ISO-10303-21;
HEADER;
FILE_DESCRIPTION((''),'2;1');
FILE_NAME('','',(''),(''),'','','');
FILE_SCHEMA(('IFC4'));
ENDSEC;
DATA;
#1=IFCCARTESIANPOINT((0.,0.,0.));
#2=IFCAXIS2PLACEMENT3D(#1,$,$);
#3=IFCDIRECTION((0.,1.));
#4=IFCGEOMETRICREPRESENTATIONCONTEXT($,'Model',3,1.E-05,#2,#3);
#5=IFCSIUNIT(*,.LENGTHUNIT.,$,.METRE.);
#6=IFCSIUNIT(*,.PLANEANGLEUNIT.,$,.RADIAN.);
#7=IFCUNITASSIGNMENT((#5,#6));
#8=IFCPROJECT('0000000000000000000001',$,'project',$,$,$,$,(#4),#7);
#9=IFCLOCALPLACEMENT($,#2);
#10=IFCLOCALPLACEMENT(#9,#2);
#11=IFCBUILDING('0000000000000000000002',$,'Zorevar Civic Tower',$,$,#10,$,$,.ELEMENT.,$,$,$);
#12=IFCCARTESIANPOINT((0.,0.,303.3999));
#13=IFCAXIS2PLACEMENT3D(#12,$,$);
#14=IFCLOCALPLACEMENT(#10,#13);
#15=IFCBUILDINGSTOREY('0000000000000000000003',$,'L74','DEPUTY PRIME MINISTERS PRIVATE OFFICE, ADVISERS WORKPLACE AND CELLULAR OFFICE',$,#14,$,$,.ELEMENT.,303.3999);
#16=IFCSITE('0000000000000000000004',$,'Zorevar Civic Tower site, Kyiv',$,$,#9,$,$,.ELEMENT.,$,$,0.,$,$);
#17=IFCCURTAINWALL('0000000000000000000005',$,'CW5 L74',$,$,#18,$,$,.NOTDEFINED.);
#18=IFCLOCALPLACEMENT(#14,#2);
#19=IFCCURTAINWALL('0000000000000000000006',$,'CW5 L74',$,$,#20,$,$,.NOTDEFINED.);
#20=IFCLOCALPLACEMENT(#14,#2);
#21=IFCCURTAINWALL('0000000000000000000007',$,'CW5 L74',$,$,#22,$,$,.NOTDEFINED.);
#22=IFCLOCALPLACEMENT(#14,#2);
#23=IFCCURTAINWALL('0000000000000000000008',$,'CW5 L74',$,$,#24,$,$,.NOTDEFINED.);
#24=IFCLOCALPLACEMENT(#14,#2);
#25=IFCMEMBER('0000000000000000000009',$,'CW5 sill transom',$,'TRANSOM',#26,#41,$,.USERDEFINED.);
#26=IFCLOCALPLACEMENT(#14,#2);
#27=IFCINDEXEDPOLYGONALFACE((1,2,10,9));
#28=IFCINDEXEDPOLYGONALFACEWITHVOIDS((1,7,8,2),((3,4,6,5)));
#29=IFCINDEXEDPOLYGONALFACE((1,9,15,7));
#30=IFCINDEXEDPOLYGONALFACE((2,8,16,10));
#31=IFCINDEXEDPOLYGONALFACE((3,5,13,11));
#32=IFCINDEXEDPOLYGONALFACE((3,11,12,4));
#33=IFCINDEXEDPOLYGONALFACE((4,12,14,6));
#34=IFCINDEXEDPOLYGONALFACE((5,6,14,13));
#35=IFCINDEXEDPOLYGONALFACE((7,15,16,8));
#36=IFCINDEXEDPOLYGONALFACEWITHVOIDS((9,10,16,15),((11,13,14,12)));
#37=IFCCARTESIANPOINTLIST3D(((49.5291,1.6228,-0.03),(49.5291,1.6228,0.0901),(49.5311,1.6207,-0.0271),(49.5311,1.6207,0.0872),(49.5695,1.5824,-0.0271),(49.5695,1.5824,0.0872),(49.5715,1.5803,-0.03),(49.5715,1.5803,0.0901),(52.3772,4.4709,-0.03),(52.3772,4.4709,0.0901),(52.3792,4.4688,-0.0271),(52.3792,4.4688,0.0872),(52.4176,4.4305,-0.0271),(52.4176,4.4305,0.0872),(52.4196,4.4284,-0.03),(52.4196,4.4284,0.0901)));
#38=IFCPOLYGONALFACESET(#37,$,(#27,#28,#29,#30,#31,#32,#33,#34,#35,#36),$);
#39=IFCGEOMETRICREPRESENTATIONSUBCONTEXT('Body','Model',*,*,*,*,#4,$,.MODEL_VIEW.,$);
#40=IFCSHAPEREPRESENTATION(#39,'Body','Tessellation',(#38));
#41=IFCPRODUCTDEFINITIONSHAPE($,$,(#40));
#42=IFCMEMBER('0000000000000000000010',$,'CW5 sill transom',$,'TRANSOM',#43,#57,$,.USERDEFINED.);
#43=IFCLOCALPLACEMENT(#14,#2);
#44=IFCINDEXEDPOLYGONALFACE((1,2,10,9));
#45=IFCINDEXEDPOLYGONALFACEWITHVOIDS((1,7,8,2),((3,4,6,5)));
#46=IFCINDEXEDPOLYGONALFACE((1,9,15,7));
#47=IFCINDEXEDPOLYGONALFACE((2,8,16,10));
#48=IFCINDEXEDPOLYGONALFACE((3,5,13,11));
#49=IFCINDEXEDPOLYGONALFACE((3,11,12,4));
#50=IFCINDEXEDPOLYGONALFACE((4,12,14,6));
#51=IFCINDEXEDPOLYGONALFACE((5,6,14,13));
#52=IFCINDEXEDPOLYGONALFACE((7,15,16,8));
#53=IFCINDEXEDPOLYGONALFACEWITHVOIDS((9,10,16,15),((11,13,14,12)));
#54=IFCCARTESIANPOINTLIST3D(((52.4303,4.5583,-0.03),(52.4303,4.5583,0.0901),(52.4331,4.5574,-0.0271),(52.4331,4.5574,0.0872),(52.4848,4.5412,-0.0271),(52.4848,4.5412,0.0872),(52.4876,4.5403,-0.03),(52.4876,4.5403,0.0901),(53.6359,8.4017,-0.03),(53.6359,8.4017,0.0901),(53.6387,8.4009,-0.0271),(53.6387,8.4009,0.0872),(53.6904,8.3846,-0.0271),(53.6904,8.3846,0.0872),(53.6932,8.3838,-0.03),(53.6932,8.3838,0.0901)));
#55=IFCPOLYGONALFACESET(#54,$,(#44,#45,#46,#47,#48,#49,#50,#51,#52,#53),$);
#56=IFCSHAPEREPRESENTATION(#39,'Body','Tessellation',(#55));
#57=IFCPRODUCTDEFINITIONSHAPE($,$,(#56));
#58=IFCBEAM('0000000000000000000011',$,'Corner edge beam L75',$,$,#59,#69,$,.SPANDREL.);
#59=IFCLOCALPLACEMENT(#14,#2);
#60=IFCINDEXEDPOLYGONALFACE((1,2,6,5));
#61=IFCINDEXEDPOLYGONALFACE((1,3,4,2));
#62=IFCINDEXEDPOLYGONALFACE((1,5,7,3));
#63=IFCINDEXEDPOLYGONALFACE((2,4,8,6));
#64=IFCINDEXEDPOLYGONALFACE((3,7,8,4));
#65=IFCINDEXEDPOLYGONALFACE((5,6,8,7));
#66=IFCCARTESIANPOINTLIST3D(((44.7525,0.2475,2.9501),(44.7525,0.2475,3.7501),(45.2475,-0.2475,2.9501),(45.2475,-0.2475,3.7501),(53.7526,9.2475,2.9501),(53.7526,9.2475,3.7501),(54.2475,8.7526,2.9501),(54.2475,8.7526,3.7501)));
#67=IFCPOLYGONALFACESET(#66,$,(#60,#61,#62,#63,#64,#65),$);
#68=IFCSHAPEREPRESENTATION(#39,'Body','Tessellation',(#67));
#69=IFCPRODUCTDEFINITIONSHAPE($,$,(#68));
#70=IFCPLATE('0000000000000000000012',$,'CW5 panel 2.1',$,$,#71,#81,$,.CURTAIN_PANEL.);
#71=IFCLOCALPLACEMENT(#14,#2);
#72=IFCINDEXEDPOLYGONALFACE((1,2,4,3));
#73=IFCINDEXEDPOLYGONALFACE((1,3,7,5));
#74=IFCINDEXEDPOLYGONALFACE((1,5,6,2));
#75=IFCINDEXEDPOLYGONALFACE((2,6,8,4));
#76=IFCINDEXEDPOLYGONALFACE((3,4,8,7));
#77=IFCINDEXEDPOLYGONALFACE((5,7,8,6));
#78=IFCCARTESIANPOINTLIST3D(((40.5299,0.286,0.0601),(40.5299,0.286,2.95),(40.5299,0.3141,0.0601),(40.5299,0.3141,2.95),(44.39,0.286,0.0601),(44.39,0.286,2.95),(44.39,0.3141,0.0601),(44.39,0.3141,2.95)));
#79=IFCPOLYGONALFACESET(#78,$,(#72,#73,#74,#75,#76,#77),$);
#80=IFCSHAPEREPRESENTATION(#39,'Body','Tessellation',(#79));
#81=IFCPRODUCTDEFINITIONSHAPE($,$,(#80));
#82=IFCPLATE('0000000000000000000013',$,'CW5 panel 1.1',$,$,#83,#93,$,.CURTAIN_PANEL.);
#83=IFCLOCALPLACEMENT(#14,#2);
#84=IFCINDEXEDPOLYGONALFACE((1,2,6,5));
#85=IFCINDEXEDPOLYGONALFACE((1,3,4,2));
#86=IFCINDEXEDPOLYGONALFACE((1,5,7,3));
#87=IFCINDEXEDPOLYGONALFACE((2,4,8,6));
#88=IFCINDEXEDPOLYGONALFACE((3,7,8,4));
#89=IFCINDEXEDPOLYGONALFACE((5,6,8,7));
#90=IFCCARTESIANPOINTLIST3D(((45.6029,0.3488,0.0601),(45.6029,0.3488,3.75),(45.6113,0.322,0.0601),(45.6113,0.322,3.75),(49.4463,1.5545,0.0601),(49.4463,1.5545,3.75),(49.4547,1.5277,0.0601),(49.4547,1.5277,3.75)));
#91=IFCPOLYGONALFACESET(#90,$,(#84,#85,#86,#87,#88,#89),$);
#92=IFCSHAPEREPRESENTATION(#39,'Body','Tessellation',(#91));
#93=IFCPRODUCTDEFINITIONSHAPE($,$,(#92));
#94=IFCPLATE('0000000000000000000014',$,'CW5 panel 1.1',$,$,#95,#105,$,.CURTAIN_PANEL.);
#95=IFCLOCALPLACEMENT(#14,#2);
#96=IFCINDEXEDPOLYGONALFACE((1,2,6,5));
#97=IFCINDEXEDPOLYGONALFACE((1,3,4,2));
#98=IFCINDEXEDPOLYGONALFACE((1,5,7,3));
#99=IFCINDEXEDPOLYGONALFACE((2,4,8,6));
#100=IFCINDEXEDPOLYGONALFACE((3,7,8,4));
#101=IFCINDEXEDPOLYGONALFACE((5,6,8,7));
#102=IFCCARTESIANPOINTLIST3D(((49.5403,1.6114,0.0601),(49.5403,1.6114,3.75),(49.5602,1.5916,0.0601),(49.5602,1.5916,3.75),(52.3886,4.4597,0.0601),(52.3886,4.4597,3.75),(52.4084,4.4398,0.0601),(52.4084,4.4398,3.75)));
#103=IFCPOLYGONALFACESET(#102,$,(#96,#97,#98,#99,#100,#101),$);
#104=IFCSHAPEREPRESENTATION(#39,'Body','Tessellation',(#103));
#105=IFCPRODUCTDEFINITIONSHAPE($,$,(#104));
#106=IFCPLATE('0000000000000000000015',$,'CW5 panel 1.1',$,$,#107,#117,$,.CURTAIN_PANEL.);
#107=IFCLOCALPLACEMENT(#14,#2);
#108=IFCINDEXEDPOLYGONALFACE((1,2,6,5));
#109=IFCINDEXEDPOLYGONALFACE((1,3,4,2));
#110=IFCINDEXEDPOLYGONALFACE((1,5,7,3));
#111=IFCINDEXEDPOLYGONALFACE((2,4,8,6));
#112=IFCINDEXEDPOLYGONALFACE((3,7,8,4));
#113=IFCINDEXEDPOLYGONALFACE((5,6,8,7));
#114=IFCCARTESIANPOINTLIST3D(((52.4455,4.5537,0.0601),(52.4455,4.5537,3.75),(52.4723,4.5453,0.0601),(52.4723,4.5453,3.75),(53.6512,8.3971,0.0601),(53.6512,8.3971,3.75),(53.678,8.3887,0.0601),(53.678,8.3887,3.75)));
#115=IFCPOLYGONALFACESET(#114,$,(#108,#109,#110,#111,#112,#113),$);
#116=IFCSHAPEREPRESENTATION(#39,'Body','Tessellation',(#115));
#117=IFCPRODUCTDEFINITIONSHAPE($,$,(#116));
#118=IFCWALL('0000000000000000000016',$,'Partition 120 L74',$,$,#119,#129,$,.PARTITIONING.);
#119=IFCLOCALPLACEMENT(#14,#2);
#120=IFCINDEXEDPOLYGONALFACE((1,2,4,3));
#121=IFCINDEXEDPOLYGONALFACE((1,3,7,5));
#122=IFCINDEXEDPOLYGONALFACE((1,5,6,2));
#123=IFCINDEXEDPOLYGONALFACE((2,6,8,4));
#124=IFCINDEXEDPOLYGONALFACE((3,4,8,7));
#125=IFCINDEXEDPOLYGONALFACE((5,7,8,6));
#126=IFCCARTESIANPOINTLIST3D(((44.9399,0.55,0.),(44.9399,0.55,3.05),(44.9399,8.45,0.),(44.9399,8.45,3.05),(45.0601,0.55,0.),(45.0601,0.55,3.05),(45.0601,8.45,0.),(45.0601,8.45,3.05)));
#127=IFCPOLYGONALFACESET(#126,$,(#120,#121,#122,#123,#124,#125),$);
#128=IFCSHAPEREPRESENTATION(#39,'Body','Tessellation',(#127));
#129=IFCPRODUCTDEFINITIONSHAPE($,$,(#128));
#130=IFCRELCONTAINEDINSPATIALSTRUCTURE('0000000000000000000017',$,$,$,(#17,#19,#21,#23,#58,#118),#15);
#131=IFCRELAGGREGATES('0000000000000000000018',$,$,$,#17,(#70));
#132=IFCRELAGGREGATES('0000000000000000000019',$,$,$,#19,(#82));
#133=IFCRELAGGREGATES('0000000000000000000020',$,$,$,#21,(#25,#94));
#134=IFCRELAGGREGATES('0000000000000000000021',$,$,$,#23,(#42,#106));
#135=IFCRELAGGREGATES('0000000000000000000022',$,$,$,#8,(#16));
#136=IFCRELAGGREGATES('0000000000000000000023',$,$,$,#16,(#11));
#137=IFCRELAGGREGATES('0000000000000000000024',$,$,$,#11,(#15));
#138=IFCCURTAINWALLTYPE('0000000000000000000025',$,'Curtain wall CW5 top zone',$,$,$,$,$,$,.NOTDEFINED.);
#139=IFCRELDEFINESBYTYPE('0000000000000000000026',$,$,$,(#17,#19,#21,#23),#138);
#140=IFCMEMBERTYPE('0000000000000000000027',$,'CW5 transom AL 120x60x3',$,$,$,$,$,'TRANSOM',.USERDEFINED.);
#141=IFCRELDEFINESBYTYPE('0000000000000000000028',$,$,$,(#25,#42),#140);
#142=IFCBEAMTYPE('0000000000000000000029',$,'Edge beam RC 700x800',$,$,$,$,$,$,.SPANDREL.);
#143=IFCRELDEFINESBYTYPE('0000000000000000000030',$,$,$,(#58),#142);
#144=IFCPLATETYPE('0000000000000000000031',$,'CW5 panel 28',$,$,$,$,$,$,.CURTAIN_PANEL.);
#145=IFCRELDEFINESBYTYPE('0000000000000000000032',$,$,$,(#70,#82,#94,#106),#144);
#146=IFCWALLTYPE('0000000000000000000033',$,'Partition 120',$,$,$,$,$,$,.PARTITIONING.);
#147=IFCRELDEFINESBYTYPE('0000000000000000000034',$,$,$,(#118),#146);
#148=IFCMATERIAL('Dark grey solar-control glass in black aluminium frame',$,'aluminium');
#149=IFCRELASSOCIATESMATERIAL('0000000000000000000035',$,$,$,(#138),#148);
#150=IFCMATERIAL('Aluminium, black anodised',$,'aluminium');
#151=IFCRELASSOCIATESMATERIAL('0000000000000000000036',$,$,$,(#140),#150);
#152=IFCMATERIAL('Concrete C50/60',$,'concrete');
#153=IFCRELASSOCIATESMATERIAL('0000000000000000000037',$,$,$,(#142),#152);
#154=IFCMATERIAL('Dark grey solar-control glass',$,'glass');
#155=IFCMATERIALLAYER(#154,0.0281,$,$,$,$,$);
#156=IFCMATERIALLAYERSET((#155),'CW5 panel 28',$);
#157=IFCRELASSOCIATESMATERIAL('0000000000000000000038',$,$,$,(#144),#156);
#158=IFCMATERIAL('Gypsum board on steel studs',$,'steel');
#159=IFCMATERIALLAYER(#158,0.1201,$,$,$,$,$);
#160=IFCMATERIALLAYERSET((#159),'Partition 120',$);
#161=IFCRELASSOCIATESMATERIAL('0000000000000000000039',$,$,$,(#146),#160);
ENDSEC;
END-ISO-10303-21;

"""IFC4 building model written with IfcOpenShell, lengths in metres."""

from ifc_helpers import new_model, si_unit, direction, frame, frame_2d, origin, origin_2d, place, context, subcontext, project, spatial, rectangle, hollow_rectangle, extrude, material, layer, layer_set, material_profile, profile_set, type_object, element, aggregate, save


model = new_model("IFC4")

# Units and contexts
model_context = context("Model", 3, precision=1e-05, world=origin(), true_north=direction((0.0, 1.0)))
body_context = subcontext(model_context, "Body", "Model", "MODEL_VIEW")
ifc_project = project(units=[si_unit("LENGTHUNIT", "METRE"), si_unit("PLANEANGLEUNIT", "RADIAN")], contexts=[model_context])

# Site, building, storey
site_placement = place(None, origin())
site = spatial("IfcSite", under=ifc_project, at=site_placement, Name="Zorevar Civic Tower site, Kyiv", CompositionType="ELEMENT", RefElevation=0.0)
building_placement = place(site_placement, origin())
building = spatial("IfcBuilding", under=site, at=building_placement, Name="Zorevar Civic Tower", CompositionType="ELEMENT")
storey_placement = place(building_placement, frame((0.0, 0.0, 303.3999)))
storey = spatial("IfcBuildingStorey", under=building, at=storey_placement, Name="L74", Description="DEPUTY PRIME MINISTERS PRIVATE OFFICE, ADVISERS WORKPLACE AND CELLULAR OFFICE", CompositionType="ELEMENT", Elevation=303.3999)

# Curtain wall
ifc_material_1 = material(Name="Dark grey solar-control glass in black aluminium frame", Category="aluminium")
curtain_wall_type = type_object("IfcCurtainWallType", Name="Curtain wall CW5 top zone", PredefinedType="NOTDEFINED", material=ifc_material_1)
curtain_wall_1_placement = place(storey_placement, origin())
curtain_wall_1 = element("IfcCurtainWall", 1, at=curtain_wall_1_placement, inside=storey, type_object=curtain_wall_type, Name="CW5 L74", PredefinedType="NOTDEFINED")

# Curtain walls
curtain_wall_2_placement = place(storey_placement, origin())
curtain_wall_2 = element("IfcCurtainWall", 2, at=curtain_wall_2_placement, inside=storey, type_object=curtain_wall_type, Name="CW5 L74", PredefinedType="NOTDEFINED")
curtain_wall_3_placement = place(storey_placement, origin())
curtain_wall_3 = element("IfcCurtainWall", 3, at=curtain_wall_3_placement, inside=storey, type_object=curtain_wall_type, Name="CW5 L74", PredefinedType="NOTDEFINED")
curtain_wall_4_placement = place(storey_placement, origin())
curtain_wall_4 = element("IfcCurtainWall", 4, at=curtain_wall_4_placement, inside=storey, type_object=curtain_wall_type, Name="CW5 L74", PredefinedType="NOTDEFINED")

# Members
ifc_material_2 = material(Name="Aluminium, black anodised", Category="aluminium")
ifc_material_profile_1 = material_profile(ifc_material_2, hollow_rectangle(XDim=0.0601, YDim=0.1201, WallThickness=0.0029, at=origin_2d()), Name="AL 120x60x3")
ifc_profile_set_1 = profile_set([ifc_material_profile_1], Name="Aluminium, black anodised")
member_type_1 = type_object("IfcMemberType", Name="CW5 transom AL 120x60x3", ElementType="TRANSOM", PredefinedType="USERDEFINED", material=ifc_profile_set_1)
member_1_placement = place(storey_placement, frame((49.5503, 1.6016, 0.03), z_axis=(0.707107, 0.707107, 0.0), x_axis=(-0.707107, 0.707107, 0.0)))
member_1 = element("IfcMember", 5, at=member_1_placement, type_object=member_type_1, Name="CW5 sill transom", ObjectType="TRANSOM", PredefinedType="USERDEFINED", context=body_context, shape_type="SweptSolid", body=[
    extrude(hollow_rectangle(XDim=0.0601, YDim=0.1201, WallThickness=0.0029, at=origin_2d()), origin(), (0.0, 0.0, 1.0), 4.0278),
])
member_2_placement = place(storey_placement, frame((52.459, 4.5493, 0.03), z_axis=(0.299286, 0.954163, 0.0), x_axis=(-0.954163, 0.299286, 0.0)))
member_2 = element("IfcMember", 6, at=member_2_placement, type_object=member_type_1, Name="CW5 sill transom", ObjectType="TRANSOM", PredefinedType="USERDEFINED", context=body_context, shape_type="SweptSolid", body=[
    extrude(hollow_rectangle(XDim=0.0601, YDim=0.1201, WallThickness=0.0029, at=origin_2d()), origin(), (0.0, 0.0, 1.0), 4.0281),
])

# Beam
ifc_material_3 = material(Name="Concrete C50/60", Category="concrete")
ifc_material_profile_2 = material_profile(ifc_material_3, rectangle(XDim=0.7, YDim=0.8, at=origin_2d()), Name="RC 700x800")
ifc_profile_set_2 = profile_set([ifc_material_profile_2], Name="Concrete C50/60")
beam_type_1 = type_object("IfcBeamType", Name="Edge beam RC 700x800", PredefinedType="SPANDREL", material=ifc_profile_set_2)
beam_1_placement = place(storey_placement, frame((45.0, 0.0, 3.3501), z_axis=(0.707107, 0.707107, 0.0), x_axis=(-0.707107, 0.707107, 0.0)))
element("IfcBeam", 7, at=beam_1_placement, inside=storey, type_object=beam_type_1, Name="Corner edge beam L75", PredefinedType="SPANDREL", context=body_context, shape_type="SweptSolid", body=[
    extrude(rectangle(XDim=0.7, YDim=0.8, at=origin_2d()), origin(), (0.0, 0.0, 1.0), 12.728),
])

# Plates
ifc_material_4 = material(Name="Dark grey solar-control glass", Category="glass")
ifc_layer_1 = layer(ifc_material_4, 0.0281)
ifc_layer_set_1 = layer_set([ifc_layer_1], Name="CW5 panel 28")
plate_type = type_object("IfcPlateType", Name="CW5 panel 28", PredefinedType="CURTAIN_PANEL", material=ifc_layer_set_1)
plate_1_placement = place(storey_placement, frame((42.46, 0.3, 0.0601), z_axis=(0.0, 0.0, 1.0), x_axis=(1.0, 0.0, 0.0)))
plate_1 = element("IfcPlate", 8, at=plate_1_placement, type_object=plate_type, Name="CW5 panel 2.1", PredefinedType="CURTAIN_PANEL", context=body_context, shape_type="SweptSolid", body=[
    extrude(rectangle(XDim=3.8601, YDim=0.0281, at=origin_2d()), origin(), (0.0, 0.0, 1.0), 2.8899),
])
aggregate(curtain_wall_1, [plate_1])
plate_2_placement = place(storey_placement, frame((47.5288, 0.9382, 0.0601), z_axis=(0.0, 0.0, 1.0), x_axis=(0.954153, 0.299318, 0.0)))
plate_2 = element("IfcPlate", 9, at=plate_2_placement, type_object=plate_type, Name="CW5 panel 1.1", PredefinedType="CURTAIN_PANEL", context=body_context, shape_type="SweptSolid", body=[
    extrude(rectangle(XDim=4.0281, YDim=0.0281, at=origin_2d()), origin(), (0.0, 0.0, 1.0), 3.6899),
])
aggregate(curtain_wall_2, [plate_2])
plate_3_placement = place(storey_placement, frame((50.9744, 3.0256, 0.0601), z_axis=(0.0, 0.0, 1.0), x_axis=(0.707107, 0.707107, 0.0)))
plate_3 = element("IfcPlate", 10, at=plate_3_placement, type_object=plate_type, Name="CW5 panel 1.1", PredefinedType="CURTAIN_PANEL", context=body_context, shape_type="SweptSolid", body=[
    extrude(rectangle(XDim=4.0281, YDim=0.0281, at=origin_2d()), origin(), (0.0, 0.0, 1.0), 3.6899),
])
aggregate(curtain_wall_3, [member_1, plate_3])
plate_4_placement = place(storey_placement, frame((53.0618, 6.4712, 0.0601), z_axis=(0.0, 0.0, 1.0), x_axis=(0.299318, 0.954153, 0.0)))
plate_4 = element("IfcPlate", 11, at=plate_4_placement, type_object=plate_type, Name="CW5 panel 1.1", PredefinedType="CURTAIN_PANEL", context=body_context, shape_type="SweptSolid", body=[
    extrude(rectangle(XDim=4.0281, YDim=0.0281, at=origin_2d()), origin(), (0.0, 0.0, 1.0), 3.6899),
])
aggregate(curtain_wall_4, [member_2, plate_4])

# Shared definitions
ifc_material_5 = material(Name="Gypsum board on steel studs", Category="steel")
ifc_layer_2 = layer(ifc_material_5, 0.1201)
ifc_layer_set_2 = layer_set([ifc_layer_2], Name="Partition 120")
wall_type = type_object("IfcWallType", Name="Partition 120", PredefinedType="PARTITIONING", material=ifc_layer_set_2)

# Wall
wall_1_placement = place(storey_placement, frame((45.0, 0.55, 0.0), z_axis=(0.0, 0.0, 1.0), x_axis=(0.0, 1.0, 0.0)))
element("IfcWall", 12, at=wall_1_placement, inside=storey, type_object=wall_type, Name="Partition 120 L74", PredefinedType="PARTITIONING", context=body_context, shape_type="SweptSolid", body=[
    extrude(rectangle(XDim=7.8999, YDim=0.1201, at=frame_2d((3.95, 0.0))), origin(), (0.0, 0.0, 1.0), 3.05),
])

save(model, "model.ifc")
